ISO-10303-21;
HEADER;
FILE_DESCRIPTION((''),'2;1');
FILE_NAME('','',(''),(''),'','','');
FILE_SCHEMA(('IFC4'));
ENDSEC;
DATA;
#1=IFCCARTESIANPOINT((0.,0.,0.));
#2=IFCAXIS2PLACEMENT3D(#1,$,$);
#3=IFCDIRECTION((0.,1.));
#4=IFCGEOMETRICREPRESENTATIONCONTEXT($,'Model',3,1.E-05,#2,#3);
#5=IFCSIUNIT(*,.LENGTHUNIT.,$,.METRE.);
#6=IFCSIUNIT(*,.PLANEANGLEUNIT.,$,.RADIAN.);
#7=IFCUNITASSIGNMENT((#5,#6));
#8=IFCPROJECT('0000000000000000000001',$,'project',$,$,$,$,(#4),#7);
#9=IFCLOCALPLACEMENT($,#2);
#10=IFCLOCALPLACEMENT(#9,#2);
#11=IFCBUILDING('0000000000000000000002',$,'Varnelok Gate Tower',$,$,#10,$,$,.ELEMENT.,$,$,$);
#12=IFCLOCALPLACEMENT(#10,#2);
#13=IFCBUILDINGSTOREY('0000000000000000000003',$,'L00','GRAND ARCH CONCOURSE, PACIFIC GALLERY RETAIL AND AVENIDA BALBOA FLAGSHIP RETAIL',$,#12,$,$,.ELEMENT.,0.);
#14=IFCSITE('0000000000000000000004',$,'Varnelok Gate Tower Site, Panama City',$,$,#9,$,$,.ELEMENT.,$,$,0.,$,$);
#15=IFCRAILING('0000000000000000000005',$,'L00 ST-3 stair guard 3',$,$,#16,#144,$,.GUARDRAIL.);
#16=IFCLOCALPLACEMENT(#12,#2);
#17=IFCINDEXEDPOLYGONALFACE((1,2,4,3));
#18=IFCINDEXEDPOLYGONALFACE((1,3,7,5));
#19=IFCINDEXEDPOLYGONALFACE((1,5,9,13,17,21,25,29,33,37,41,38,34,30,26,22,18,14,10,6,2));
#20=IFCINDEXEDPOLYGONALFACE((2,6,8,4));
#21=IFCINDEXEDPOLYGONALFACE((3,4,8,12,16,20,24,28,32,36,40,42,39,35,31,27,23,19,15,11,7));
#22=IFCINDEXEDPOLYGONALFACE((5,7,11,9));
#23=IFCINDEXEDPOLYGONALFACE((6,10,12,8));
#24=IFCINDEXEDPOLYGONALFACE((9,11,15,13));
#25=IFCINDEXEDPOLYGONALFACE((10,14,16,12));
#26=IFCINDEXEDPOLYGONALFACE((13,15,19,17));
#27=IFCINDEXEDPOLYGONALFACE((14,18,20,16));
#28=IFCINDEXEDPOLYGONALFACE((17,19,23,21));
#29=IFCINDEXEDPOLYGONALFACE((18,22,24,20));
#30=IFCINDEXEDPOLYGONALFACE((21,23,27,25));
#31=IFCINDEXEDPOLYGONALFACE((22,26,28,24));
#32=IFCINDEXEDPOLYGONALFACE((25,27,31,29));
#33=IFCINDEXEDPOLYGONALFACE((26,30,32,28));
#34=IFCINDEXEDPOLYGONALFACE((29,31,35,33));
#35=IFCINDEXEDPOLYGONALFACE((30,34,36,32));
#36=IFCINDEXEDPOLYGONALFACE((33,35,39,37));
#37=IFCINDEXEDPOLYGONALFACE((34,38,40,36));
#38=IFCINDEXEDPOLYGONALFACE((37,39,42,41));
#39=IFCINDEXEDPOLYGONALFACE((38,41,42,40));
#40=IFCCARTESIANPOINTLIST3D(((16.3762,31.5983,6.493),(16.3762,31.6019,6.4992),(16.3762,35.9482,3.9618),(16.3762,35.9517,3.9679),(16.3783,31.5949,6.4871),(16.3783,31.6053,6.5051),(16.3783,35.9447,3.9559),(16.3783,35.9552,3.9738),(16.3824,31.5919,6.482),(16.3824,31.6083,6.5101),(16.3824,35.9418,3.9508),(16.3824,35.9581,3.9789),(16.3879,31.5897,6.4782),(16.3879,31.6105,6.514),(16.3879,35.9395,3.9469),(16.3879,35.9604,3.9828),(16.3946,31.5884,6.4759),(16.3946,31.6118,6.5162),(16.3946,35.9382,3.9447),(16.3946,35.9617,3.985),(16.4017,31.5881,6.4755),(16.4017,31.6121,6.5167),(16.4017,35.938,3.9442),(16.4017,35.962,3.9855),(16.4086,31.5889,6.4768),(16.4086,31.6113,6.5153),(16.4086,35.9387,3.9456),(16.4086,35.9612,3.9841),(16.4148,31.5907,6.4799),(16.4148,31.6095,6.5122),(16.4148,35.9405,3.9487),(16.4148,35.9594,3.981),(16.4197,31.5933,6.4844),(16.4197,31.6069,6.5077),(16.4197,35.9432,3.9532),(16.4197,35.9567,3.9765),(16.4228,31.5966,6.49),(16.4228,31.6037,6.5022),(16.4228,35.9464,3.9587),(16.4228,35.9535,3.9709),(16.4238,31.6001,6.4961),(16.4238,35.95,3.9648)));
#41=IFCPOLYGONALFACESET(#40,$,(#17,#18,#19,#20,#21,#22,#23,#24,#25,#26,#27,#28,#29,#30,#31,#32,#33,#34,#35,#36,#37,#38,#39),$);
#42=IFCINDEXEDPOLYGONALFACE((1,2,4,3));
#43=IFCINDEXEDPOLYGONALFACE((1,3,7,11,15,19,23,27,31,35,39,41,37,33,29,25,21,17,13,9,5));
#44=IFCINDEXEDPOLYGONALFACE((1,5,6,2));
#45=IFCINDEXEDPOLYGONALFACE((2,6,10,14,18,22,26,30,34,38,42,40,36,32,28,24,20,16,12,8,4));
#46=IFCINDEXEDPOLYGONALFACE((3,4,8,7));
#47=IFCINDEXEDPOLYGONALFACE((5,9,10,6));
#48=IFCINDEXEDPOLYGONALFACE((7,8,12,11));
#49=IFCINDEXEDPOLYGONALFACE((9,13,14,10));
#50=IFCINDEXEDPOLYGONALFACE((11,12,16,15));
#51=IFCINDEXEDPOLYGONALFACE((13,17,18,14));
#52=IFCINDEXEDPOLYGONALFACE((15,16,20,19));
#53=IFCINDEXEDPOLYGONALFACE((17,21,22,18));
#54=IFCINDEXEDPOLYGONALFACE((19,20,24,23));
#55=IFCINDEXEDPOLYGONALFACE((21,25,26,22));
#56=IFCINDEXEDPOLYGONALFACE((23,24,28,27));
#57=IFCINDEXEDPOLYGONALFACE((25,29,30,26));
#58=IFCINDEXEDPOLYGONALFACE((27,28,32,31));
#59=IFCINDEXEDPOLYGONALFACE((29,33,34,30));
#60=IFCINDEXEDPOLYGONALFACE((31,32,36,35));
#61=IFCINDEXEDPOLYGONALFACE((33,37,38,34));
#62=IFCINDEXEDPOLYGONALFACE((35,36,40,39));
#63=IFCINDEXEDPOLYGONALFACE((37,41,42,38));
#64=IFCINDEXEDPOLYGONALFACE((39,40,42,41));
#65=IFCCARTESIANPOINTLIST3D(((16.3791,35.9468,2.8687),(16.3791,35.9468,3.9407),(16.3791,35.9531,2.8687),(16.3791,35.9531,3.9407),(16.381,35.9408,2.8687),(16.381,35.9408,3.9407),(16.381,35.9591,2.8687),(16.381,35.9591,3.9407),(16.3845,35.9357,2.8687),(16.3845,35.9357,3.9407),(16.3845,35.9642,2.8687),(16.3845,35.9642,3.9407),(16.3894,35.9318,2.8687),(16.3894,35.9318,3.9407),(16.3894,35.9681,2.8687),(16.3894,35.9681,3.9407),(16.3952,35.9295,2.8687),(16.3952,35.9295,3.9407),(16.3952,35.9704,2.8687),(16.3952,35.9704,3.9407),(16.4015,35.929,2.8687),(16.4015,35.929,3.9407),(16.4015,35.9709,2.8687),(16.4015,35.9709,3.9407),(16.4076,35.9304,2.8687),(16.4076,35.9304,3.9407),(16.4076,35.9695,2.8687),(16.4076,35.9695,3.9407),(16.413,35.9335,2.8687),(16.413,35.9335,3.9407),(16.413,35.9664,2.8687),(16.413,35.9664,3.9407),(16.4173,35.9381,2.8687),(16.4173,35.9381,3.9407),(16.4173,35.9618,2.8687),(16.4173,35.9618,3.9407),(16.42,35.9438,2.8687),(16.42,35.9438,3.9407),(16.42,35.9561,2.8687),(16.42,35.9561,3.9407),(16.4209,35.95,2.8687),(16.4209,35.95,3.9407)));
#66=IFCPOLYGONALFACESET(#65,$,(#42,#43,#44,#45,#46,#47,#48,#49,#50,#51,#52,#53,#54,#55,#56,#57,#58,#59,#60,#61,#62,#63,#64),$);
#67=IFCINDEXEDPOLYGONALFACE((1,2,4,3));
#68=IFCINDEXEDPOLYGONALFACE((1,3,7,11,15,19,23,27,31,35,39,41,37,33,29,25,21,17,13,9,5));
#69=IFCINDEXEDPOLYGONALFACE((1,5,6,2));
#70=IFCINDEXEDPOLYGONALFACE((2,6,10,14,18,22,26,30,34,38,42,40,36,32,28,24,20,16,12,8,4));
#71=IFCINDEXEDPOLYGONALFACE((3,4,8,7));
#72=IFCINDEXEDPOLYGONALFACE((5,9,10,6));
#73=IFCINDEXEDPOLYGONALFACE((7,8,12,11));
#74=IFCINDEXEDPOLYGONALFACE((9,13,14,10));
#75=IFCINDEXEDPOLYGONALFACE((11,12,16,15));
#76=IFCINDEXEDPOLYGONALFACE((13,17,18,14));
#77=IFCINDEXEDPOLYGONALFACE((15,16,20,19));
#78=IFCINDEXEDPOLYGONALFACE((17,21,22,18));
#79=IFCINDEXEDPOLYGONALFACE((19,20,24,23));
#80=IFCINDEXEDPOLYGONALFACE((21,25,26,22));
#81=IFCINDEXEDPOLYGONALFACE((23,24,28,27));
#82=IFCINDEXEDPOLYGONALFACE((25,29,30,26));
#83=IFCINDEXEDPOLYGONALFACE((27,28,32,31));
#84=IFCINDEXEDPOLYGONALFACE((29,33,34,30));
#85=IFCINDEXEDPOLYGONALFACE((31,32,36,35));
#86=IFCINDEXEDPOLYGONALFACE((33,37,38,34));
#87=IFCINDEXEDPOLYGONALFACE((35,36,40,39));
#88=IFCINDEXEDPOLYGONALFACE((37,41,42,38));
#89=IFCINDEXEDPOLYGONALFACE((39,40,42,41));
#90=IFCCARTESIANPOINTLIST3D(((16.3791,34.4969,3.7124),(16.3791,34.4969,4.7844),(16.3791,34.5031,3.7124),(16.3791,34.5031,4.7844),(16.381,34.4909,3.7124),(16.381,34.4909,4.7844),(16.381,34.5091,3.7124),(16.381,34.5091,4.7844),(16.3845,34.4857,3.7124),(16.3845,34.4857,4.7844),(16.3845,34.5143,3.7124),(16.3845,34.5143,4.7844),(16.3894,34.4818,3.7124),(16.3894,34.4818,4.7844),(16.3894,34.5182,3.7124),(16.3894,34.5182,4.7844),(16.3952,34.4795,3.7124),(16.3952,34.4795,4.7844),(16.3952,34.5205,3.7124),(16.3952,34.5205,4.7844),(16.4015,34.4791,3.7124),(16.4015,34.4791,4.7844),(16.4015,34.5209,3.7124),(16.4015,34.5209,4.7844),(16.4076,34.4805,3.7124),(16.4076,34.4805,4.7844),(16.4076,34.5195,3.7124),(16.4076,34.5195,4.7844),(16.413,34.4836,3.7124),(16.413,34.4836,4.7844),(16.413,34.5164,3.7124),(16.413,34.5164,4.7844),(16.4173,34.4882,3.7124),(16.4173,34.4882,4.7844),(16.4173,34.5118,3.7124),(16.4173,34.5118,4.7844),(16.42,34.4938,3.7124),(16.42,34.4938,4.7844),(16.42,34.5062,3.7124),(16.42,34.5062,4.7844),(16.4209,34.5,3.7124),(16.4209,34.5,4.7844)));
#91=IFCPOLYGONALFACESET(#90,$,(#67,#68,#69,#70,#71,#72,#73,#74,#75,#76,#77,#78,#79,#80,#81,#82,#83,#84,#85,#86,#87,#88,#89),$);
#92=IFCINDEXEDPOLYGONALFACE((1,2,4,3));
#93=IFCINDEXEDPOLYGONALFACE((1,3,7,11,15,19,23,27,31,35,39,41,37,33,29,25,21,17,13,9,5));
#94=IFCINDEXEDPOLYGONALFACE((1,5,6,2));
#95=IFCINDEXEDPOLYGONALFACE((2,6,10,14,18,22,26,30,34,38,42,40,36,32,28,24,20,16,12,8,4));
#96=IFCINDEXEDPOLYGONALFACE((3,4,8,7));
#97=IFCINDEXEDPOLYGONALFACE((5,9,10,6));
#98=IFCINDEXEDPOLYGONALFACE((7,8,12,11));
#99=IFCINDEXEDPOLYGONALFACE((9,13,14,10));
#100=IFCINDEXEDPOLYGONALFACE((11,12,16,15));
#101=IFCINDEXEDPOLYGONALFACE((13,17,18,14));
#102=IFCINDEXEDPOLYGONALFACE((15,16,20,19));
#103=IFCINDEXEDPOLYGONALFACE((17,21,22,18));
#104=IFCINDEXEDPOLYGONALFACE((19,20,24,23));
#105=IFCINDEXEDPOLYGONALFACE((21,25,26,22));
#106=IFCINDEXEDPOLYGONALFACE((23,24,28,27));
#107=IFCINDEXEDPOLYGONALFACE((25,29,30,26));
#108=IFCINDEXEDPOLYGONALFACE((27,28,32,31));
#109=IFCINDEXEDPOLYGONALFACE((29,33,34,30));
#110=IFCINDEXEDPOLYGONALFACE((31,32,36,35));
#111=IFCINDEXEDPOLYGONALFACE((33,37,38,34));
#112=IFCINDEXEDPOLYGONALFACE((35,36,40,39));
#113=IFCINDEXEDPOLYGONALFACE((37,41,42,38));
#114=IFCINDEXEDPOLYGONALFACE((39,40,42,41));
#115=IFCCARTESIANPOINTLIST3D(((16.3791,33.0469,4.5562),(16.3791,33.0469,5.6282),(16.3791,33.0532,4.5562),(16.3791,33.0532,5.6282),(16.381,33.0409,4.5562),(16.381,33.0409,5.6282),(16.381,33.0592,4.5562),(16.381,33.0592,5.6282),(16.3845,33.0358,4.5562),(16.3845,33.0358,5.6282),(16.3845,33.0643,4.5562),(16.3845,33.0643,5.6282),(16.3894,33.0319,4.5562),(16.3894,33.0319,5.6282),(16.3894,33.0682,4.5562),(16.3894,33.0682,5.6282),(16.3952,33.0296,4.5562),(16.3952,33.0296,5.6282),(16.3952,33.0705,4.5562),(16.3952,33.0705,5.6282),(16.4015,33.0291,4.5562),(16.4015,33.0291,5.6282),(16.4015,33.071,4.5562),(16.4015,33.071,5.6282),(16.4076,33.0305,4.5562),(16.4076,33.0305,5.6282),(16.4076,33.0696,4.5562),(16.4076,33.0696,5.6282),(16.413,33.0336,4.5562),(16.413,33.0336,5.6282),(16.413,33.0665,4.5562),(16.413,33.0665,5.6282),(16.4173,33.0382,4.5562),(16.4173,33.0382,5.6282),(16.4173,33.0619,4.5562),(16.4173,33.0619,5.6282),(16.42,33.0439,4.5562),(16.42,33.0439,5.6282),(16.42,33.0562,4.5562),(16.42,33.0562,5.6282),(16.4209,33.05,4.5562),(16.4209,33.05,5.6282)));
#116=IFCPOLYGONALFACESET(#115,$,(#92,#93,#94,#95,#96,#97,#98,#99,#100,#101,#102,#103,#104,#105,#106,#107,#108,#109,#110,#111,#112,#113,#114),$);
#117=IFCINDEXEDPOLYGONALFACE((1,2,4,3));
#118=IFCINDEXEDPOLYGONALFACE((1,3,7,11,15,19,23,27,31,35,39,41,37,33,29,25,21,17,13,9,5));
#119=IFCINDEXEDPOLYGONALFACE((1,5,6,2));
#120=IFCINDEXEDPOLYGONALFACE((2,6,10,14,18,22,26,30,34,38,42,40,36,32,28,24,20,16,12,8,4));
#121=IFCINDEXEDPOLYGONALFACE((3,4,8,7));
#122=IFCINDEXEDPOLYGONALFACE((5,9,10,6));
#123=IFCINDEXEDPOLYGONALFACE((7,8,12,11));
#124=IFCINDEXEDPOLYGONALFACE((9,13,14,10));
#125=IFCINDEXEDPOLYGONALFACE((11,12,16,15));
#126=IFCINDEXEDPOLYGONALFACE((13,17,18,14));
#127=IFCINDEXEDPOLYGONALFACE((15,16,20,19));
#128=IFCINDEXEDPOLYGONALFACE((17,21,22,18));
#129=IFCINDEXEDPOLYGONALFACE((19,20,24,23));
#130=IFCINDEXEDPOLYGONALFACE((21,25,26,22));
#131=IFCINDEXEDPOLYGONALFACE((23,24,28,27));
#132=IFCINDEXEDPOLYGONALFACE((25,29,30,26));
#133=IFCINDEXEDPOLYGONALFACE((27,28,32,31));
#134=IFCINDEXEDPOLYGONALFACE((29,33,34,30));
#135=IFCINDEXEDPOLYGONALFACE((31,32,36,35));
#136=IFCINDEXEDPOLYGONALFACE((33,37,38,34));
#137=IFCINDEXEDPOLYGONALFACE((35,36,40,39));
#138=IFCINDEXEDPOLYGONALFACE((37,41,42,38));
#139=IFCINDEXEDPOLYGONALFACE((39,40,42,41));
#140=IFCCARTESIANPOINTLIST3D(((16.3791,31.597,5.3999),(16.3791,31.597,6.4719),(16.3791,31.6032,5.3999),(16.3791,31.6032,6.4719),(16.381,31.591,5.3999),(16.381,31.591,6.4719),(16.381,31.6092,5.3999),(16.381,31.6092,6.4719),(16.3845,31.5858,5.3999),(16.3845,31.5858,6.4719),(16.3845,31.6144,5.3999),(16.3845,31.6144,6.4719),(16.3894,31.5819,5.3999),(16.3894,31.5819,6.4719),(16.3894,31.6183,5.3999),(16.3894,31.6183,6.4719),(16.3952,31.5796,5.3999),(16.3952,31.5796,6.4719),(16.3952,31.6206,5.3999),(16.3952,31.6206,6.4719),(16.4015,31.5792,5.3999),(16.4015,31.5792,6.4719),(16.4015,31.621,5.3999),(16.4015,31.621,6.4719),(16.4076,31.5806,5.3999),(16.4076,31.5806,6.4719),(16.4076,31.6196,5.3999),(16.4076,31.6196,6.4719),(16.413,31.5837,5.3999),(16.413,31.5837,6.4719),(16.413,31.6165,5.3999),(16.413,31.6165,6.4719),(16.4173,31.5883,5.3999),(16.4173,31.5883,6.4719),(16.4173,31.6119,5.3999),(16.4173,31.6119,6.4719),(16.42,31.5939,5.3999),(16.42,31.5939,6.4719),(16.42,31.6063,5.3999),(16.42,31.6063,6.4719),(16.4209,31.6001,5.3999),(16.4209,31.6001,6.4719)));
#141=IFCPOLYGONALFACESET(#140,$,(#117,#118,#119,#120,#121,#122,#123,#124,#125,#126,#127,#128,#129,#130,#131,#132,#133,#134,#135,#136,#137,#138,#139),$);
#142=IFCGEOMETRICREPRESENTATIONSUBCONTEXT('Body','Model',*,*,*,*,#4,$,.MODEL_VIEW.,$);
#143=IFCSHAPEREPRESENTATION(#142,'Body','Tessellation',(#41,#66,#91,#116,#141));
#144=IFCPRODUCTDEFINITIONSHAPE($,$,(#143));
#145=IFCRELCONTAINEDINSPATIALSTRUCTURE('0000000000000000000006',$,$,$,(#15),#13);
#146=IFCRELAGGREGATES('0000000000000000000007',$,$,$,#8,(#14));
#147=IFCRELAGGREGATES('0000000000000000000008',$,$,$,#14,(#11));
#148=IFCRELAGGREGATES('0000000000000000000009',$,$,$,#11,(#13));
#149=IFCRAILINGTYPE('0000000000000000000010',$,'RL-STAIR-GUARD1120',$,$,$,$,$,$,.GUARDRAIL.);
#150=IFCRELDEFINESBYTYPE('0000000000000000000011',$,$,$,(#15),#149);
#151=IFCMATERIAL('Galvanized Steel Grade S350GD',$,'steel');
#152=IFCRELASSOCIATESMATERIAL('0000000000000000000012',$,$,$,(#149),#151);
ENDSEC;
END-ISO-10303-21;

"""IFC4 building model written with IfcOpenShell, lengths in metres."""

from ifc_helpers import new_model, si_unit, direction, frame, origin, origin_2d, place, context, subcontext, project, spatial, circle, extrude, material, type_object, element, save


model = new_model("IFC4")

# Units and contexts
model_context = context("Model", 3, precision=1e-05, world=origin(), true_north=direction((0.0, 1.0)))
body_context = subcontext(model_context, "Body", "Model", "MODEL_VIEW")
ifc_project = project(units=[si_unit("LENGTHUNIT", "METRE"), si_unit("PLANEANGLEUNIT", "RADIAN")], contexts=[model_context])

# Site, building, storey
site_placement = place(None, origin())
site = spatial("IfcSite", under=ifc_project, at=site_placement, Name="Varnelok Gate Tower Site, Panama City", CompositionType="ELEMENT", RefElevation=0.0)
building_placement = place(site_placement, origin())
building = spatial("IfcBuilding", under=site, at=building_placement, Name="Varnelok Gate Tower", CompositionType="ELEMENT")
storey_placement = place(building_placement, origin())
storey = spatial("IfcBuildingStorey", under=building, at=storey_placement, Name="L00", Description="GRAND ARCH CONCOURSE, PACIFIC GALLERY RETAIL AND AVENIDA BALBOA FLAGSHIP RETAIL", CompositionType="ELEMENT", Elevation=0.0)

# Shared definitions
ifc_material_1 = material(Name="Galvanized Steel Grade S350GD", Category="steel")

# Railing
railing_type_1 = type_object("IfcRailingType", Name="RL-STAIR-GUARD1120", PredefinedType="GUARDRAIL", material=ifc_material_1)
railing_1_placement = place(storey_placement, frame((16.3999, 35.95, 2.8687)))
element("IfcRailing", 1, at=railing_1_placement, inside=storey, type_object=railing_type_1, Name="L00 ST-3 stair guard 3", PredefinedType="GUARDRAIL", context=body_context, shape_type="SweptSolid", body=[
    extrude(circle(Radius=0.0239, at=origin_2d()), frame((0.0, 0.0, 1.0962), z_axis=(0.0, -0.864312, 0.502957), x_axis=(1.0, 0.0, 0.0)), (0.0, 0.0, 1.0), 5.0327),
    extrude(circle(Radius=0.021, at=origin_2d()), origin(), (0.0, 0.0, 1.0), 1.072),
    extrude(circle(Radius=0.021, at=origin_2d()), frame((0.0, -1.45, 0.8438)), (0.0, 0.0, 1.0), 1.072),
    extrude(circle(Radius=0.021, at=origin_2d()), frame((0.0, -2.8999, 1.6875)), (0.0, 0.0, 1.0), 1.072),
    extrude(circle(Radius=0.021, at=origin_2d()), frame((0.0, -4.3499, 2.5312)), (0.0, 0.0, 1.0), 1.072),
])

save(model, "model.ifc")
